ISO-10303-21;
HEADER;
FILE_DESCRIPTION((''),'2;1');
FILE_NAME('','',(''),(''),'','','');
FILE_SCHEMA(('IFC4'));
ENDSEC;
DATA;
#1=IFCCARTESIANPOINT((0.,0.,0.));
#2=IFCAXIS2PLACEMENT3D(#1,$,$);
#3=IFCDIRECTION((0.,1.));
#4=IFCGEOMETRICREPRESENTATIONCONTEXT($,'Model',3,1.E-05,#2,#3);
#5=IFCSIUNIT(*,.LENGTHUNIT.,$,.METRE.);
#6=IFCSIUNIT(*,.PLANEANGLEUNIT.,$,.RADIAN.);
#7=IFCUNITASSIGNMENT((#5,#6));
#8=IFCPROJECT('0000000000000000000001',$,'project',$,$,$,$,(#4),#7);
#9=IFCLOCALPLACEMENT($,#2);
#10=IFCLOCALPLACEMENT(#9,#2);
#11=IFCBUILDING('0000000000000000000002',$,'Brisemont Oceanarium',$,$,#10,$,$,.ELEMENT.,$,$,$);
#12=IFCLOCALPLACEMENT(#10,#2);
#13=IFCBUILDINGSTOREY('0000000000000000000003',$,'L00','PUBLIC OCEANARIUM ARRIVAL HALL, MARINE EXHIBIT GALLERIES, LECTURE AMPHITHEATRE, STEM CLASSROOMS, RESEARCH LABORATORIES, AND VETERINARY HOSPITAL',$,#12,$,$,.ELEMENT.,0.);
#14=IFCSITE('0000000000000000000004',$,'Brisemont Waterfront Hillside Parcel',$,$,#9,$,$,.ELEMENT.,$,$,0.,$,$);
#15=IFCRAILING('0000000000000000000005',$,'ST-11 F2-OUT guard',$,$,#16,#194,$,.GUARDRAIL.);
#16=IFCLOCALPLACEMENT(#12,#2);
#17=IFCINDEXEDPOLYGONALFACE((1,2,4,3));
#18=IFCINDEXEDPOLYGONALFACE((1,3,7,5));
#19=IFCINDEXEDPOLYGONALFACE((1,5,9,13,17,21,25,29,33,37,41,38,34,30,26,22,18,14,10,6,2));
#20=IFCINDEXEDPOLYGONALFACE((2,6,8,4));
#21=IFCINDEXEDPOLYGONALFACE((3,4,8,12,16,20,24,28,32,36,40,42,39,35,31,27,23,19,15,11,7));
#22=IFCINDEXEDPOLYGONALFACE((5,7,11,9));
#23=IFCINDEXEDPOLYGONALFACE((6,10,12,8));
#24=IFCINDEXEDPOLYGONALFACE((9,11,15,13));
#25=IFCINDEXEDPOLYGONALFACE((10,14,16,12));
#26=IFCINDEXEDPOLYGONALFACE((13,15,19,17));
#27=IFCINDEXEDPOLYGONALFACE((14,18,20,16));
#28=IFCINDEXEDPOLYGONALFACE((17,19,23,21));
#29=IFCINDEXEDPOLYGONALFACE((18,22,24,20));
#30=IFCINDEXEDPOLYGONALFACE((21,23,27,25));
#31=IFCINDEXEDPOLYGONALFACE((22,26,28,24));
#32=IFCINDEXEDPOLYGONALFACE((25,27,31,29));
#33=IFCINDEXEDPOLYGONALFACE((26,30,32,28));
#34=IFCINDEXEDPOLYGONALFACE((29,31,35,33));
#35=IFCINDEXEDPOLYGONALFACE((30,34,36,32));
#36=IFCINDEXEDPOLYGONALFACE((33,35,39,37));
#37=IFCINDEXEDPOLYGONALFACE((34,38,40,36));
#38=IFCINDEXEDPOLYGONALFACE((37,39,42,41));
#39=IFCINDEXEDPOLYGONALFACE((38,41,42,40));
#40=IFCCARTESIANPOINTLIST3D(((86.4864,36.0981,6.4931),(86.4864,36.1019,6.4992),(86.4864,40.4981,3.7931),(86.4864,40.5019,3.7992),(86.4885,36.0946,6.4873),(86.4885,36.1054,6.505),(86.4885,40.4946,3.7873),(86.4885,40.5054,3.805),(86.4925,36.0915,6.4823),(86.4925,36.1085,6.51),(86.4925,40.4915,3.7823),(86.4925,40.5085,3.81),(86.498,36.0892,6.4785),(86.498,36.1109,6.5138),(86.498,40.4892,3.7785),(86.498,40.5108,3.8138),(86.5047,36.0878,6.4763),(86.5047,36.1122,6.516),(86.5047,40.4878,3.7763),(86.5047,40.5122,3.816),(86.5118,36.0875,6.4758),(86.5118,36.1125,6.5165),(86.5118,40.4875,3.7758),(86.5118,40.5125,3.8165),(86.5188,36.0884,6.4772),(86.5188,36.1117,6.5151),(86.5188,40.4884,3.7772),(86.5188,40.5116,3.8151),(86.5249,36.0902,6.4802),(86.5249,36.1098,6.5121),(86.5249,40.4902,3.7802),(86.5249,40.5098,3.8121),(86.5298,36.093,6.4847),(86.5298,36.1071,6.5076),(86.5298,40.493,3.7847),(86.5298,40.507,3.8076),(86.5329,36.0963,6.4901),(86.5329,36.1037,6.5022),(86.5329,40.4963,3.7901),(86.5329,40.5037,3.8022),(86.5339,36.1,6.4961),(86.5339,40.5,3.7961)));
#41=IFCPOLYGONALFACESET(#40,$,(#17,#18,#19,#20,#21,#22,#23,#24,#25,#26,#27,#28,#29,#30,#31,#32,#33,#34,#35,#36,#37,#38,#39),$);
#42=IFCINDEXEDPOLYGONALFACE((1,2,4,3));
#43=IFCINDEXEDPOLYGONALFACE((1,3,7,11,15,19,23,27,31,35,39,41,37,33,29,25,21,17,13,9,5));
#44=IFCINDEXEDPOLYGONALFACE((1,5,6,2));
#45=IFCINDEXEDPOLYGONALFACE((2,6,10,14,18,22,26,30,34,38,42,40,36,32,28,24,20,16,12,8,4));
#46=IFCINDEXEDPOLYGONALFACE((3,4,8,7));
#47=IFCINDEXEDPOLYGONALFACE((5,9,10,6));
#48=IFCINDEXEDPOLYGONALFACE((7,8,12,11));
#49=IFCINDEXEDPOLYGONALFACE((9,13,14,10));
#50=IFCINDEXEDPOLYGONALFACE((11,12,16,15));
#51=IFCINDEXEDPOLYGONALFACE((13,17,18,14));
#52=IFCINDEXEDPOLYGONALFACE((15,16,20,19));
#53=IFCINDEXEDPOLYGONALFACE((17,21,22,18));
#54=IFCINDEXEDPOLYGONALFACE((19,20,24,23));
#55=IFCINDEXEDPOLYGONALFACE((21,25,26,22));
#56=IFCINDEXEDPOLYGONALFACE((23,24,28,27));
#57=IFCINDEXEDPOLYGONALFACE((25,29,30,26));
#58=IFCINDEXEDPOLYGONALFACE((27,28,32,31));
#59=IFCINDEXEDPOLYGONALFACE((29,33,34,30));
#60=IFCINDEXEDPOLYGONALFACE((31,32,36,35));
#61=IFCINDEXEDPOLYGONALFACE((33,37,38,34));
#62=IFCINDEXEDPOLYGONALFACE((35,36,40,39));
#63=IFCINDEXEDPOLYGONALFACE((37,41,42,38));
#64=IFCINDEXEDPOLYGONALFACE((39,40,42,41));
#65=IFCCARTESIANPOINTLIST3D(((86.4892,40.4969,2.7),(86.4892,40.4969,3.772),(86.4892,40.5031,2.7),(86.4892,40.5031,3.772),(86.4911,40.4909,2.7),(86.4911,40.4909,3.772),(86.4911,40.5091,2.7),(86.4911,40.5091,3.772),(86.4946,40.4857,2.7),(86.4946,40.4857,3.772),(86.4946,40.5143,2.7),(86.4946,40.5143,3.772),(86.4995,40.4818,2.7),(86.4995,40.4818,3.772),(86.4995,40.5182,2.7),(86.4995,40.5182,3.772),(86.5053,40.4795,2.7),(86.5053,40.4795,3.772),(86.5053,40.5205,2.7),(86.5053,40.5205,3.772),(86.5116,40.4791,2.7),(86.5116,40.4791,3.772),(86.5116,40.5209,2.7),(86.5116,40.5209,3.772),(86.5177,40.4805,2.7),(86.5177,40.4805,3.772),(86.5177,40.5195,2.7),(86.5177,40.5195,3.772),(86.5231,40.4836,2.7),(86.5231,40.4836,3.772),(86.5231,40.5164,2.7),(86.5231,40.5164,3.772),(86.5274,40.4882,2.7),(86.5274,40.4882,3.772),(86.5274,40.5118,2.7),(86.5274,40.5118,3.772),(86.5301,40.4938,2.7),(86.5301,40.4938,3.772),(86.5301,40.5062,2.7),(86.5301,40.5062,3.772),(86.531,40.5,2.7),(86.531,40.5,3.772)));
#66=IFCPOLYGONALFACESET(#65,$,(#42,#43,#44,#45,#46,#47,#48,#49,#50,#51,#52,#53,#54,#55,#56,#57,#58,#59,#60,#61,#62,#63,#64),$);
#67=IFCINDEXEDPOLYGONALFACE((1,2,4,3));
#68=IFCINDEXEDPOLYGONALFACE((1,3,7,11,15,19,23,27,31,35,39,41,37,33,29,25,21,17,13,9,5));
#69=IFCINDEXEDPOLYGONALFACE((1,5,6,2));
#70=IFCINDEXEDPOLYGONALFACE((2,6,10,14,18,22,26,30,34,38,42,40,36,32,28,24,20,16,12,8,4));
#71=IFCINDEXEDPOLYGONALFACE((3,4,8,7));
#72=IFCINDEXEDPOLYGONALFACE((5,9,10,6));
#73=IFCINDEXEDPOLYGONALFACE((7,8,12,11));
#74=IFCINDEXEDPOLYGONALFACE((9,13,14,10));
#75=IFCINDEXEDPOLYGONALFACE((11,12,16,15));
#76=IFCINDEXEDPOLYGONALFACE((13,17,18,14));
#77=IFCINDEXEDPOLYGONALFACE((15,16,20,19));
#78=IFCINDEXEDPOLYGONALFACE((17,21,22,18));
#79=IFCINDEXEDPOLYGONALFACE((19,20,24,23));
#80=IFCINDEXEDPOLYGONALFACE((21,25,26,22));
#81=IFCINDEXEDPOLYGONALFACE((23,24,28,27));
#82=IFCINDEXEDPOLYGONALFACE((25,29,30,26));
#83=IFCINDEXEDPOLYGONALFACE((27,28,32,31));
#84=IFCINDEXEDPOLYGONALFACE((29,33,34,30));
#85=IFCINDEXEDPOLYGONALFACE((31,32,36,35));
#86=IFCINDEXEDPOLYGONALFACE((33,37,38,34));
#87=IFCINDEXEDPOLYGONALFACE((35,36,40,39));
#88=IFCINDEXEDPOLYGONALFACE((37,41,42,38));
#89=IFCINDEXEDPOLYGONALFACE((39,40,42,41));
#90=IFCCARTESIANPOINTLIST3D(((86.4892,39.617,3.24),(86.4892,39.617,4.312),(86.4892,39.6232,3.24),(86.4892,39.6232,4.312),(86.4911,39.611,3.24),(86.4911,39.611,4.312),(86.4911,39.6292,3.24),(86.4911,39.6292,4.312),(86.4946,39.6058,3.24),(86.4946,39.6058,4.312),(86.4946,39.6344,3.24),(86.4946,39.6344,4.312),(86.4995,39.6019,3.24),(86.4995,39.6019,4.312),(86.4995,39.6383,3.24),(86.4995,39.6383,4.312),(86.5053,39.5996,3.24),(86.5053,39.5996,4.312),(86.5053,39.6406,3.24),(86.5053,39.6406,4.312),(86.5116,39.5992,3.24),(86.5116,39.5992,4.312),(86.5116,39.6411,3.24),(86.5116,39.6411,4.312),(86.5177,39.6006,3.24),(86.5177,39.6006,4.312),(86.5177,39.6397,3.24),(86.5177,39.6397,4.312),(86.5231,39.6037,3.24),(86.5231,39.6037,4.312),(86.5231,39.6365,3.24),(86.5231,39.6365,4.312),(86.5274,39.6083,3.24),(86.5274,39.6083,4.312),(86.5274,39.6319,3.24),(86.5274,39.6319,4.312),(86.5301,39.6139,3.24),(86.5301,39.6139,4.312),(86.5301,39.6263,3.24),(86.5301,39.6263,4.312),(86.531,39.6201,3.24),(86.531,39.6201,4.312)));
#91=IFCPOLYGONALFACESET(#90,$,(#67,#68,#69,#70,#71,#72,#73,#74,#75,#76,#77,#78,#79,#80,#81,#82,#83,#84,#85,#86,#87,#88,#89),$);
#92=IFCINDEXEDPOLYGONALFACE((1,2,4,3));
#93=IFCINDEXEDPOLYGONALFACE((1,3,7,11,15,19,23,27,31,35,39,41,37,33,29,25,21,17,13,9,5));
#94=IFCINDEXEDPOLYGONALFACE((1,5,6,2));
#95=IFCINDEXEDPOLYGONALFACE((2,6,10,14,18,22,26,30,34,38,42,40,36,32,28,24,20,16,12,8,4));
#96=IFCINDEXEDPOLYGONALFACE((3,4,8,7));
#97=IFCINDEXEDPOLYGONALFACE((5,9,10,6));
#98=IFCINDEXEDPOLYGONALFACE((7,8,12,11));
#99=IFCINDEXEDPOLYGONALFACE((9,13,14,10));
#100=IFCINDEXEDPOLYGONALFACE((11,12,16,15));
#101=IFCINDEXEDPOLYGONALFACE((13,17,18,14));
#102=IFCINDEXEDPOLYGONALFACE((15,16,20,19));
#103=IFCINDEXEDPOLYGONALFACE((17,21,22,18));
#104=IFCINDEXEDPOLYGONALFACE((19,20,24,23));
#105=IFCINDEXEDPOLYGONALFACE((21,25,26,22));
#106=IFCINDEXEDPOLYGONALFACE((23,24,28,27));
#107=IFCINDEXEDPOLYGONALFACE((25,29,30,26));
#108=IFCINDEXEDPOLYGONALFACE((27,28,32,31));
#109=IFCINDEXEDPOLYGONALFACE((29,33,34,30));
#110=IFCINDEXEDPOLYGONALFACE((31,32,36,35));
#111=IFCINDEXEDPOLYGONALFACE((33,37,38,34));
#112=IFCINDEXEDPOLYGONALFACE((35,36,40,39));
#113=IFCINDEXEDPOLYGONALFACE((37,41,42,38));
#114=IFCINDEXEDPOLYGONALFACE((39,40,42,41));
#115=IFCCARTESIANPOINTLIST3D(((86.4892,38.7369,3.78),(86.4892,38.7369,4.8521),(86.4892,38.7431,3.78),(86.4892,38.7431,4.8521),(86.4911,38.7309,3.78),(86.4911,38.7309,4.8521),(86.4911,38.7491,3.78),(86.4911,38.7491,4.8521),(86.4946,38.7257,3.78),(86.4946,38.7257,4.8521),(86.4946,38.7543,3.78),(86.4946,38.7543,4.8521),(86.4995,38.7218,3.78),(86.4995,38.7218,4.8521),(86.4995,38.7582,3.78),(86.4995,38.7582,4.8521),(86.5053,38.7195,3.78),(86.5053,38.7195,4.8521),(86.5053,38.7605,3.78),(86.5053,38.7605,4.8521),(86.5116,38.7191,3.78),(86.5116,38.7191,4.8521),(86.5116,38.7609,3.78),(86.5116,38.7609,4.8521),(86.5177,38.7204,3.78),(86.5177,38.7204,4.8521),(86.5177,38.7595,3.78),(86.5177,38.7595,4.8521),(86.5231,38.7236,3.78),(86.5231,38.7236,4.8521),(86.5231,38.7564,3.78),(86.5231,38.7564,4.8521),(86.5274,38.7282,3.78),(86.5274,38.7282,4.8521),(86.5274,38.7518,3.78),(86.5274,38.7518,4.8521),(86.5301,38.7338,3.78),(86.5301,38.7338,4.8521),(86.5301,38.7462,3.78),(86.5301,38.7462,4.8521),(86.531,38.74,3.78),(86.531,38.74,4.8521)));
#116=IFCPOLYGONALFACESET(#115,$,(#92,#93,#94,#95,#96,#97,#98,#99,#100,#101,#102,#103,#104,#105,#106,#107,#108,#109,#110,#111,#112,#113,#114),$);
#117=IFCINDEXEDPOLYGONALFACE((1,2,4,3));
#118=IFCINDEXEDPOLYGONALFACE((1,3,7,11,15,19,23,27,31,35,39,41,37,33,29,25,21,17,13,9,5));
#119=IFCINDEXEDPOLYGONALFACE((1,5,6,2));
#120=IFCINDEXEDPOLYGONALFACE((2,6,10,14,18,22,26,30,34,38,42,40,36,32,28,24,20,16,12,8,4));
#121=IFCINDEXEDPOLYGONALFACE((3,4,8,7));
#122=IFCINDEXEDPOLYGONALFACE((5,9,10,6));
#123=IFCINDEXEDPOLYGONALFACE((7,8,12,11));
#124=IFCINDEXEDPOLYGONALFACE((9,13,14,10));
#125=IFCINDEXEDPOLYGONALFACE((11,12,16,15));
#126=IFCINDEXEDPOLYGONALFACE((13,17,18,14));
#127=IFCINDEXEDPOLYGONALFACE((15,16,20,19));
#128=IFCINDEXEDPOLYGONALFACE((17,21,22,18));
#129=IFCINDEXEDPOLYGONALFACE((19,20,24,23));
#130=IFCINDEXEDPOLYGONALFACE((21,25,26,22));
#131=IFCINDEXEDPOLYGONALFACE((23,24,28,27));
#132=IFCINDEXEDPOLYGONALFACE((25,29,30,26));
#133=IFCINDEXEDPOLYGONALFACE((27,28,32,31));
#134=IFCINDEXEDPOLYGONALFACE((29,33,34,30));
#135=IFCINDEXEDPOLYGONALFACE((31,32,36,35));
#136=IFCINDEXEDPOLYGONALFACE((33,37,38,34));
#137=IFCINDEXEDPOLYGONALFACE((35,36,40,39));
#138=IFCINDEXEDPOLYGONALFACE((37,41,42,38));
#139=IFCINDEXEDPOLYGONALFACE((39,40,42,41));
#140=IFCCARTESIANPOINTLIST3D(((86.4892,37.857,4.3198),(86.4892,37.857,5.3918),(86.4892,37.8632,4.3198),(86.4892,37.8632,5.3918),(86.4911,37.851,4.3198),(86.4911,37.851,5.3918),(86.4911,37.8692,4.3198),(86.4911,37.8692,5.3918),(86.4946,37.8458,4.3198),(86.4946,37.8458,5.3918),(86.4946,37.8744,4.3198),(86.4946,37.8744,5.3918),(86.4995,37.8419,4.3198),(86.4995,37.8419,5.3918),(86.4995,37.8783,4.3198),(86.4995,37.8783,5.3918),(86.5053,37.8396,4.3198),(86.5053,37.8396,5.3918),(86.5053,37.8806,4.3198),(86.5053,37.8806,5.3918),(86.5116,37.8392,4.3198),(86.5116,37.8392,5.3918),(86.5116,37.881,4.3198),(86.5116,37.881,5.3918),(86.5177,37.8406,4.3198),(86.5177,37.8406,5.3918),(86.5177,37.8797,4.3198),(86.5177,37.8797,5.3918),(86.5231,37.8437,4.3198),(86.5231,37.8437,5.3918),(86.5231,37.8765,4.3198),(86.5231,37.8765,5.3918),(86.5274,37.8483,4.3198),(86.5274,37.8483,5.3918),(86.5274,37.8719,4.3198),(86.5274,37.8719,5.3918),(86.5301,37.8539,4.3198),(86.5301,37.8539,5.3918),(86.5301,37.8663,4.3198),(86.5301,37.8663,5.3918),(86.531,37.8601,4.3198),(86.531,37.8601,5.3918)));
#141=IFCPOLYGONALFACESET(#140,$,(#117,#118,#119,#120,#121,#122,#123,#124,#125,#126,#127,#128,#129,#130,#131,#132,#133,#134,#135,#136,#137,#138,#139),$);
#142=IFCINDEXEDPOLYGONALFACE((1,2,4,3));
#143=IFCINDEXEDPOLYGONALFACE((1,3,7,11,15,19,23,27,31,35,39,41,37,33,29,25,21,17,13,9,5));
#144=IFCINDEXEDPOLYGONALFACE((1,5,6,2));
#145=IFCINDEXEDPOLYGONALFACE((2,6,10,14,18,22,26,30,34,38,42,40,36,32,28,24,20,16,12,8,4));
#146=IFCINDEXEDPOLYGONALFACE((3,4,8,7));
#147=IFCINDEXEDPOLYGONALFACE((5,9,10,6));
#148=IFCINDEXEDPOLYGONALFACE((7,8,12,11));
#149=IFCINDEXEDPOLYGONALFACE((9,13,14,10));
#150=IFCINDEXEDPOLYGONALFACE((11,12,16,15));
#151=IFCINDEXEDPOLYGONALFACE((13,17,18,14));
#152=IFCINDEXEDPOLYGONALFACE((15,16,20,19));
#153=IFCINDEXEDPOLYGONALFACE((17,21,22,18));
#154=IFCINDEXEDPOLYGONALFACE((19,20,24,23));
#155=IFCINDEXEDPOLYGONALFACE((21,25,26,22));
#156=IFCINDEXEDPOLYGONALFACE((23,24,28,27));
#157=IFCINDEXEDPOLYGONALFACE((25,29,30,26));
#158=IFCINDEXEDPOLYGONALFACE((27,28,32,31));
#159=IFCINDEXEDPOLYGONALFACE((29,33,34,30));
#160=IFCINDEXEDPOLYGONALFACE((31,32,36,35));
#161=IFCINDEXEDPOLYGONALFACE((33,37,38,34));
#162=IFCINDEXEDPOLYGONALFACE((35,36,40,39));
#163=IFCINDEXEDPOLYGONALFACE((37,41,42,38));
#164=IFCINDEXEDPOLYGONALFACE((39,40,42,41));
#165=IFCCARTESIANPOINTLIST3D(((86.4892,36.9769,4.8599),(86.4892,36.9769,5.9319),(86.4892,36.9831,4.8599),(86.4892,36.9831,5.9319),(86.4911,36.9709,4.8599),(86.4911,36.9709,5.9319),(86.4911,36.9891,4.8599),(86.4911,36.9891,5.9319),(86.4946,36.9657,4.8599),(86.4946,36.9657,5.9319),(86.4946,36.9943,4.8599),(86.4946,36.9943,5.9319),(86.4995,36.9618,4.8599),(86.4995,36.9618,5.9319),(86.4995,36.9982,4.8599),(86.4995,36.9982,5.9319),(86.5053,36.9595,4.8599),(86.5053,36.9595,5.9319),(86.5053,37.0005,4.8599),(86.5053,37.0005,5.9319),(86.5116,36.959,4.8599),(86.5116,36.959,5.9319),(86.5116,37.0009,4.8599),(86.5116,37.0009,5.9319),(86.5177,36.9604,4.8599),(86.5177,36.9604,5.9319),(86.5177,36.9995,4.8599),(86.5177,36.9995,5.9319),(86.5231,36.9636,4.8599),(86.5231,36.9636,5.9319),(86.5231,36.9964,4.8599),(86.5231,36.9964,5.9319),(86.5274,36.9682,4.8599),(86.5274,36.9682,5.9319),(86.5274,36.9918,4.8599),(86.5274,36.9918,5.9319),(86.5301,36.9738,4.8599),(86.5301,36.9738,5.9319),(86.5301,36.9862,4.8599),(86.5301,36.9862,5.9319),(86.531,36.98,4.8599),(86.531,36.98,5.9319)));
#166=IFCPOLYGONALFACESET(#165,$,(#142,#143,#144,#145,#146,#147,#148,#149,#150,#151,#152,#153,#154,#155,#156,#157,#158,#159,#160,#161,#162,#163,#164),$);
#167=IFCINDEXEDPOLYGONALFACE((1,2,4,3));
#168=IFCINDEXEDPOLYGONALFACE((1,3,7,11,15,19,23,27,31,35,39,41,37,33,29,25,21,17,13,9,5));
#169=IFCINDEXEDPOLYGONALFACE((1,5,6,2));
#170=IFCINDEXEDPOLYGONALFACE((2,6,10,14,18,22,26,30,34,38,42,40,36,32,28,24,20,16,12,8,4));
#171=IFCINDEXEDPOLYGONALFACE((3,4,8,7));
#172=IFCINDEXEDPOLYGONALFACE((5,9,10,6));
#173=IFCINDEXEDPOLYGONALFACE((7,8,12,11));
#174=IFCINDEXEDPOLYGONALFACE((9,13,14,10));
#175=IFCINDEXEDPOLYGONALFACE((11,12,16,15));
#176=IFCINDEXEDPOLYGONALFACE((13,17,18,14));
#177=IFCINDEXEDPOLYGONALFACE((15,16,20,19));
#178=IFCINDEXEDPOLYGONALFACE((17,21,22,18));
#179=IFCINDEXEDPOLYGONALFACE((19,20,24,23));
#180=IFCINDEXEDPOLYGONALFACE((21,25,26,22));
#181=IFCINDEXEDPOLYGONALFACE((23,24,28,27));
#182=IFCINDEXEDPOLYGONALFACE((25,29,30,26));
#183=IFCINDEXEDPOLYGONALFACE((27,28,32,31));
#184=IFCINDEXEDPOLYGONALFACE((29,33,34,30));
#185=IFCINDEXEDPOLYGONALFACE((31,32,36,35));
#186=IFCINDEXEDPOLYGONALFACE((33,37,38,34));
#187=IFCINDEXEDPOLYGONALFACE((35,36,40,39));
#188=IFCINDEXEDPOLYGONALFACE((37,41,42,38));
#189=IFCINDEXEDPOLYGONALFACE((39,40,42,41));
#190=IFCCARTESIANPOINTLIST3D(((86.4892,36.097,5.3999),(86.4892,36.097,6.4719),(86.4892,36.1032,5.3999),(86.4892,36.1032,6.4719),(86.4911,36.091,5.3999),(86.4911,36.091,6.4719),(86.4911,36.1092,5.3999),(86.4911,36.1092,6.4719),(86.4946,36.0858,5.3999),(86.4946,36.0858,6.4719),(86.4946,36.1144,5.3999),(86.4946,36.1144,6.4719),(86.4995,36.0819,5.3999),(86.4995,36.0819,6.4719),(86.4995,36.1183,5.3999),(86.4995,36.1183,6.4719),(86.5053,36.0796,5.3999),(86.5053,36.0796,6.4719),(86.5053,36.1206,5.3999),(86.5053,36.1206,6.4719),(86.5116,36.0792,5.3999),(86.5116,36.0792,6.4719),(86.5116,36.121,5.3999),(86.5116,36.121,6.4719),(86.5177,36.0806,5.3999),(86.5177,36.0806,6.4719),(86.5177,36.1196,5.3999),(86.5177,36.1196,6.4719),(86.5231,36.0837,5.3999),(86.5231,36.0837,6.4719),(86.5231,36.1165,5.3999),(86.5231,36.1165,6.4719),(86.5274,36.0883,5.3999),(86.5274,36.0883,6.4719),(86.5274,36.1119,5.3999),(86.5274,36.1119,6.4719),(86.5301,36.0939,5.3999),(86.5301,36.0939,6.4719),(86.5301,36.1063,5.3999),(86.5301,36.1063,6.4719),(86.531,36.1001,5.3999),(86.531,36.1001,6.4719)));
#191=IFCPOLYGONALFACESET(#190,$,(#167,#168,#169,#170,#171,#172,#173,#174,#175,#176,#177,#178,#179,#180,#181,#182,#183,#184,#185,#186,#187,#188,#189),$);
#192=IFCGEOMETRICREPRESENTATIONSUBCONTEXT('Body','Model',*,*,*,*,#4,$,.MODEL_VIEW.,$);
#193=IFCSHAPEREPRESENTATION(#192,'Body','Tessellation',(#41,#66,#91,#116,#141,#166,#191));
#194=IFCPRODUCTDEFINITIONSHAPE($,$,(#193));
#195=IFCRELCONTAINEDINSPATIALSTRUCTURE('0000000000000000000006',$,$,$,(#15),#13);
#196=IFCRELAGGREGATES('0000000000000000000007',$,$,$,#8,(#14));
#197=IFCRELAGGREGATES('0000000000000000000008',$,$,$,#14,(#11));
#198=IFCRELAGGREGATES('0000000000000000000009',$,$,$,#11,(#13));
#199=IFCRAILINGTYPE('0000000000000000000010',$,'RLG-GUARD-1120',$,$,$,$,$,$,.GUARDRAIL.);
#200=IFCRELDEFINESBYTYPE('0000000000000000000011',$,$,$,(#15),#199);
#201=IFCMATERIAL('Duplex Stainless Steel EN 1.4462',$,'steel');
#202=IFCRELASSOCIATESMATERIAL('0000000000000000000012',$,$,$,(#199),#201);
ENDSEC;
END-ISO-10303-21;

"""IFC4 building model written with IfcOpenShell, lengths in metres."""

from ifc_helpers import new_model, si_unit, direction, frame, origin, origin_2d, place, context, subcontext, project, spatial, circle, extrude, material, type_object, element, save


model = new_model("IFC4")

# Units and contexts
model_context = context("Model", 3, precision=1e-05, world=origin(), true_north=direction((0.0, 1.0)))
body_context = subcontext(model_context, "Body", "Model", "MODEL_VIEW")
ifc_project = project(units=[si_unit("LENGTHUNIT", "METRE"), si_unit("PLANEANGLEUNIT", "RADIAN")], contexts=[model_context])

# Site, building, storey
site_placement = place(None, origin())
site = spatial("IfcSite", under=ifc_project, at=site_placement, Name="Brisemont Waterfront Hillside Parcel", CompositionType="ELEMENT", RefElevation=0.0)
building_placement = place(site_placement, origin())
building = spatial("IfcBuilding", under=site, at=building_placement, Name="Brisemont Oceanarium", CompositionType="ELEMENT")
storey_placement = place(building_placement, origin())
storey = spatial("IfcBuildingStorey", under=building, at=storey_placement, Name="L00", Description="PUBLIC OCEANARIUM ARRIVAL HALL, MARINE EXHIBIT GALLERIES, LECTURE AMPHITHEATRE, STEM CLASSROOMS, RESEARCH LABORATORIES, AND VETERINARY HOSPITAL", CompositionType="ELEMENT", Elevation=0.0)

# Railing
ifc_material_1 = material(Name="Duplex Stainless Steel EN 1.4462", Category="steel")
railing_type_1 = type_object("IfcRailingType", Name="RLG-GUARD-1120", PredefinedType="GUARDRAIL", material=ifc_material_1)
for number, where, name in (
    (1, (86.51, 40.5, 2.7), "ST-11 F2-OUT guard"),
):
    element("IfcRailing", number, at=place(storey_placement, frame(where)), inside=storey, type_object=railing_type_1, Name=name, PredefinedType="GUARDRAIL", context=body_context, shape_type="SweptSolid", body=[
        extrude(circle(Radius=0.0239, at=origin_2d()), frame((0.0, 0.0, 1.0962), z_axis=(0.0, -0.852322, 0.523018), x_axis=(1.0, 0.0, 0.0)), (0.0, 0.0, 1.0), 5.1624),
        extrude(circle(Radius=0.021, at=origin_2d()), origin(), (0.0, 0.0, 1.0), 1.072),
        extrude(circle(Radius=0.021, at=origin_2d()), frame((0.0, -0.8799, 0.54)), (0.0, 0.0, 1.0), 1.072),
        extrude(circle(Radius=0.021, at=origin_2d()), frame((0.0, -1.76, 1.0801)), (0.0, 0.0, 1.0), 1.072),
        extrude(circle(Radius=0.021, at=origin_2d()), frame((0.0, -2.6399, 1.6199)), (0.0, 0.0, 1.0), 1.072),
        extrude(circle(Radius=0.021, at=origin_2d()), frame((0.0, -3.52, 2.1599)), (0.0, 0.0, 1.0), 1.072),
        extrude(circle(Radius=0.021, at=origin_2d()), frame((0.0, -4.3999, 2.7)), (0.0, 0.0, 1.0), 1.072),
    ])

save(model, "model.ifc")
